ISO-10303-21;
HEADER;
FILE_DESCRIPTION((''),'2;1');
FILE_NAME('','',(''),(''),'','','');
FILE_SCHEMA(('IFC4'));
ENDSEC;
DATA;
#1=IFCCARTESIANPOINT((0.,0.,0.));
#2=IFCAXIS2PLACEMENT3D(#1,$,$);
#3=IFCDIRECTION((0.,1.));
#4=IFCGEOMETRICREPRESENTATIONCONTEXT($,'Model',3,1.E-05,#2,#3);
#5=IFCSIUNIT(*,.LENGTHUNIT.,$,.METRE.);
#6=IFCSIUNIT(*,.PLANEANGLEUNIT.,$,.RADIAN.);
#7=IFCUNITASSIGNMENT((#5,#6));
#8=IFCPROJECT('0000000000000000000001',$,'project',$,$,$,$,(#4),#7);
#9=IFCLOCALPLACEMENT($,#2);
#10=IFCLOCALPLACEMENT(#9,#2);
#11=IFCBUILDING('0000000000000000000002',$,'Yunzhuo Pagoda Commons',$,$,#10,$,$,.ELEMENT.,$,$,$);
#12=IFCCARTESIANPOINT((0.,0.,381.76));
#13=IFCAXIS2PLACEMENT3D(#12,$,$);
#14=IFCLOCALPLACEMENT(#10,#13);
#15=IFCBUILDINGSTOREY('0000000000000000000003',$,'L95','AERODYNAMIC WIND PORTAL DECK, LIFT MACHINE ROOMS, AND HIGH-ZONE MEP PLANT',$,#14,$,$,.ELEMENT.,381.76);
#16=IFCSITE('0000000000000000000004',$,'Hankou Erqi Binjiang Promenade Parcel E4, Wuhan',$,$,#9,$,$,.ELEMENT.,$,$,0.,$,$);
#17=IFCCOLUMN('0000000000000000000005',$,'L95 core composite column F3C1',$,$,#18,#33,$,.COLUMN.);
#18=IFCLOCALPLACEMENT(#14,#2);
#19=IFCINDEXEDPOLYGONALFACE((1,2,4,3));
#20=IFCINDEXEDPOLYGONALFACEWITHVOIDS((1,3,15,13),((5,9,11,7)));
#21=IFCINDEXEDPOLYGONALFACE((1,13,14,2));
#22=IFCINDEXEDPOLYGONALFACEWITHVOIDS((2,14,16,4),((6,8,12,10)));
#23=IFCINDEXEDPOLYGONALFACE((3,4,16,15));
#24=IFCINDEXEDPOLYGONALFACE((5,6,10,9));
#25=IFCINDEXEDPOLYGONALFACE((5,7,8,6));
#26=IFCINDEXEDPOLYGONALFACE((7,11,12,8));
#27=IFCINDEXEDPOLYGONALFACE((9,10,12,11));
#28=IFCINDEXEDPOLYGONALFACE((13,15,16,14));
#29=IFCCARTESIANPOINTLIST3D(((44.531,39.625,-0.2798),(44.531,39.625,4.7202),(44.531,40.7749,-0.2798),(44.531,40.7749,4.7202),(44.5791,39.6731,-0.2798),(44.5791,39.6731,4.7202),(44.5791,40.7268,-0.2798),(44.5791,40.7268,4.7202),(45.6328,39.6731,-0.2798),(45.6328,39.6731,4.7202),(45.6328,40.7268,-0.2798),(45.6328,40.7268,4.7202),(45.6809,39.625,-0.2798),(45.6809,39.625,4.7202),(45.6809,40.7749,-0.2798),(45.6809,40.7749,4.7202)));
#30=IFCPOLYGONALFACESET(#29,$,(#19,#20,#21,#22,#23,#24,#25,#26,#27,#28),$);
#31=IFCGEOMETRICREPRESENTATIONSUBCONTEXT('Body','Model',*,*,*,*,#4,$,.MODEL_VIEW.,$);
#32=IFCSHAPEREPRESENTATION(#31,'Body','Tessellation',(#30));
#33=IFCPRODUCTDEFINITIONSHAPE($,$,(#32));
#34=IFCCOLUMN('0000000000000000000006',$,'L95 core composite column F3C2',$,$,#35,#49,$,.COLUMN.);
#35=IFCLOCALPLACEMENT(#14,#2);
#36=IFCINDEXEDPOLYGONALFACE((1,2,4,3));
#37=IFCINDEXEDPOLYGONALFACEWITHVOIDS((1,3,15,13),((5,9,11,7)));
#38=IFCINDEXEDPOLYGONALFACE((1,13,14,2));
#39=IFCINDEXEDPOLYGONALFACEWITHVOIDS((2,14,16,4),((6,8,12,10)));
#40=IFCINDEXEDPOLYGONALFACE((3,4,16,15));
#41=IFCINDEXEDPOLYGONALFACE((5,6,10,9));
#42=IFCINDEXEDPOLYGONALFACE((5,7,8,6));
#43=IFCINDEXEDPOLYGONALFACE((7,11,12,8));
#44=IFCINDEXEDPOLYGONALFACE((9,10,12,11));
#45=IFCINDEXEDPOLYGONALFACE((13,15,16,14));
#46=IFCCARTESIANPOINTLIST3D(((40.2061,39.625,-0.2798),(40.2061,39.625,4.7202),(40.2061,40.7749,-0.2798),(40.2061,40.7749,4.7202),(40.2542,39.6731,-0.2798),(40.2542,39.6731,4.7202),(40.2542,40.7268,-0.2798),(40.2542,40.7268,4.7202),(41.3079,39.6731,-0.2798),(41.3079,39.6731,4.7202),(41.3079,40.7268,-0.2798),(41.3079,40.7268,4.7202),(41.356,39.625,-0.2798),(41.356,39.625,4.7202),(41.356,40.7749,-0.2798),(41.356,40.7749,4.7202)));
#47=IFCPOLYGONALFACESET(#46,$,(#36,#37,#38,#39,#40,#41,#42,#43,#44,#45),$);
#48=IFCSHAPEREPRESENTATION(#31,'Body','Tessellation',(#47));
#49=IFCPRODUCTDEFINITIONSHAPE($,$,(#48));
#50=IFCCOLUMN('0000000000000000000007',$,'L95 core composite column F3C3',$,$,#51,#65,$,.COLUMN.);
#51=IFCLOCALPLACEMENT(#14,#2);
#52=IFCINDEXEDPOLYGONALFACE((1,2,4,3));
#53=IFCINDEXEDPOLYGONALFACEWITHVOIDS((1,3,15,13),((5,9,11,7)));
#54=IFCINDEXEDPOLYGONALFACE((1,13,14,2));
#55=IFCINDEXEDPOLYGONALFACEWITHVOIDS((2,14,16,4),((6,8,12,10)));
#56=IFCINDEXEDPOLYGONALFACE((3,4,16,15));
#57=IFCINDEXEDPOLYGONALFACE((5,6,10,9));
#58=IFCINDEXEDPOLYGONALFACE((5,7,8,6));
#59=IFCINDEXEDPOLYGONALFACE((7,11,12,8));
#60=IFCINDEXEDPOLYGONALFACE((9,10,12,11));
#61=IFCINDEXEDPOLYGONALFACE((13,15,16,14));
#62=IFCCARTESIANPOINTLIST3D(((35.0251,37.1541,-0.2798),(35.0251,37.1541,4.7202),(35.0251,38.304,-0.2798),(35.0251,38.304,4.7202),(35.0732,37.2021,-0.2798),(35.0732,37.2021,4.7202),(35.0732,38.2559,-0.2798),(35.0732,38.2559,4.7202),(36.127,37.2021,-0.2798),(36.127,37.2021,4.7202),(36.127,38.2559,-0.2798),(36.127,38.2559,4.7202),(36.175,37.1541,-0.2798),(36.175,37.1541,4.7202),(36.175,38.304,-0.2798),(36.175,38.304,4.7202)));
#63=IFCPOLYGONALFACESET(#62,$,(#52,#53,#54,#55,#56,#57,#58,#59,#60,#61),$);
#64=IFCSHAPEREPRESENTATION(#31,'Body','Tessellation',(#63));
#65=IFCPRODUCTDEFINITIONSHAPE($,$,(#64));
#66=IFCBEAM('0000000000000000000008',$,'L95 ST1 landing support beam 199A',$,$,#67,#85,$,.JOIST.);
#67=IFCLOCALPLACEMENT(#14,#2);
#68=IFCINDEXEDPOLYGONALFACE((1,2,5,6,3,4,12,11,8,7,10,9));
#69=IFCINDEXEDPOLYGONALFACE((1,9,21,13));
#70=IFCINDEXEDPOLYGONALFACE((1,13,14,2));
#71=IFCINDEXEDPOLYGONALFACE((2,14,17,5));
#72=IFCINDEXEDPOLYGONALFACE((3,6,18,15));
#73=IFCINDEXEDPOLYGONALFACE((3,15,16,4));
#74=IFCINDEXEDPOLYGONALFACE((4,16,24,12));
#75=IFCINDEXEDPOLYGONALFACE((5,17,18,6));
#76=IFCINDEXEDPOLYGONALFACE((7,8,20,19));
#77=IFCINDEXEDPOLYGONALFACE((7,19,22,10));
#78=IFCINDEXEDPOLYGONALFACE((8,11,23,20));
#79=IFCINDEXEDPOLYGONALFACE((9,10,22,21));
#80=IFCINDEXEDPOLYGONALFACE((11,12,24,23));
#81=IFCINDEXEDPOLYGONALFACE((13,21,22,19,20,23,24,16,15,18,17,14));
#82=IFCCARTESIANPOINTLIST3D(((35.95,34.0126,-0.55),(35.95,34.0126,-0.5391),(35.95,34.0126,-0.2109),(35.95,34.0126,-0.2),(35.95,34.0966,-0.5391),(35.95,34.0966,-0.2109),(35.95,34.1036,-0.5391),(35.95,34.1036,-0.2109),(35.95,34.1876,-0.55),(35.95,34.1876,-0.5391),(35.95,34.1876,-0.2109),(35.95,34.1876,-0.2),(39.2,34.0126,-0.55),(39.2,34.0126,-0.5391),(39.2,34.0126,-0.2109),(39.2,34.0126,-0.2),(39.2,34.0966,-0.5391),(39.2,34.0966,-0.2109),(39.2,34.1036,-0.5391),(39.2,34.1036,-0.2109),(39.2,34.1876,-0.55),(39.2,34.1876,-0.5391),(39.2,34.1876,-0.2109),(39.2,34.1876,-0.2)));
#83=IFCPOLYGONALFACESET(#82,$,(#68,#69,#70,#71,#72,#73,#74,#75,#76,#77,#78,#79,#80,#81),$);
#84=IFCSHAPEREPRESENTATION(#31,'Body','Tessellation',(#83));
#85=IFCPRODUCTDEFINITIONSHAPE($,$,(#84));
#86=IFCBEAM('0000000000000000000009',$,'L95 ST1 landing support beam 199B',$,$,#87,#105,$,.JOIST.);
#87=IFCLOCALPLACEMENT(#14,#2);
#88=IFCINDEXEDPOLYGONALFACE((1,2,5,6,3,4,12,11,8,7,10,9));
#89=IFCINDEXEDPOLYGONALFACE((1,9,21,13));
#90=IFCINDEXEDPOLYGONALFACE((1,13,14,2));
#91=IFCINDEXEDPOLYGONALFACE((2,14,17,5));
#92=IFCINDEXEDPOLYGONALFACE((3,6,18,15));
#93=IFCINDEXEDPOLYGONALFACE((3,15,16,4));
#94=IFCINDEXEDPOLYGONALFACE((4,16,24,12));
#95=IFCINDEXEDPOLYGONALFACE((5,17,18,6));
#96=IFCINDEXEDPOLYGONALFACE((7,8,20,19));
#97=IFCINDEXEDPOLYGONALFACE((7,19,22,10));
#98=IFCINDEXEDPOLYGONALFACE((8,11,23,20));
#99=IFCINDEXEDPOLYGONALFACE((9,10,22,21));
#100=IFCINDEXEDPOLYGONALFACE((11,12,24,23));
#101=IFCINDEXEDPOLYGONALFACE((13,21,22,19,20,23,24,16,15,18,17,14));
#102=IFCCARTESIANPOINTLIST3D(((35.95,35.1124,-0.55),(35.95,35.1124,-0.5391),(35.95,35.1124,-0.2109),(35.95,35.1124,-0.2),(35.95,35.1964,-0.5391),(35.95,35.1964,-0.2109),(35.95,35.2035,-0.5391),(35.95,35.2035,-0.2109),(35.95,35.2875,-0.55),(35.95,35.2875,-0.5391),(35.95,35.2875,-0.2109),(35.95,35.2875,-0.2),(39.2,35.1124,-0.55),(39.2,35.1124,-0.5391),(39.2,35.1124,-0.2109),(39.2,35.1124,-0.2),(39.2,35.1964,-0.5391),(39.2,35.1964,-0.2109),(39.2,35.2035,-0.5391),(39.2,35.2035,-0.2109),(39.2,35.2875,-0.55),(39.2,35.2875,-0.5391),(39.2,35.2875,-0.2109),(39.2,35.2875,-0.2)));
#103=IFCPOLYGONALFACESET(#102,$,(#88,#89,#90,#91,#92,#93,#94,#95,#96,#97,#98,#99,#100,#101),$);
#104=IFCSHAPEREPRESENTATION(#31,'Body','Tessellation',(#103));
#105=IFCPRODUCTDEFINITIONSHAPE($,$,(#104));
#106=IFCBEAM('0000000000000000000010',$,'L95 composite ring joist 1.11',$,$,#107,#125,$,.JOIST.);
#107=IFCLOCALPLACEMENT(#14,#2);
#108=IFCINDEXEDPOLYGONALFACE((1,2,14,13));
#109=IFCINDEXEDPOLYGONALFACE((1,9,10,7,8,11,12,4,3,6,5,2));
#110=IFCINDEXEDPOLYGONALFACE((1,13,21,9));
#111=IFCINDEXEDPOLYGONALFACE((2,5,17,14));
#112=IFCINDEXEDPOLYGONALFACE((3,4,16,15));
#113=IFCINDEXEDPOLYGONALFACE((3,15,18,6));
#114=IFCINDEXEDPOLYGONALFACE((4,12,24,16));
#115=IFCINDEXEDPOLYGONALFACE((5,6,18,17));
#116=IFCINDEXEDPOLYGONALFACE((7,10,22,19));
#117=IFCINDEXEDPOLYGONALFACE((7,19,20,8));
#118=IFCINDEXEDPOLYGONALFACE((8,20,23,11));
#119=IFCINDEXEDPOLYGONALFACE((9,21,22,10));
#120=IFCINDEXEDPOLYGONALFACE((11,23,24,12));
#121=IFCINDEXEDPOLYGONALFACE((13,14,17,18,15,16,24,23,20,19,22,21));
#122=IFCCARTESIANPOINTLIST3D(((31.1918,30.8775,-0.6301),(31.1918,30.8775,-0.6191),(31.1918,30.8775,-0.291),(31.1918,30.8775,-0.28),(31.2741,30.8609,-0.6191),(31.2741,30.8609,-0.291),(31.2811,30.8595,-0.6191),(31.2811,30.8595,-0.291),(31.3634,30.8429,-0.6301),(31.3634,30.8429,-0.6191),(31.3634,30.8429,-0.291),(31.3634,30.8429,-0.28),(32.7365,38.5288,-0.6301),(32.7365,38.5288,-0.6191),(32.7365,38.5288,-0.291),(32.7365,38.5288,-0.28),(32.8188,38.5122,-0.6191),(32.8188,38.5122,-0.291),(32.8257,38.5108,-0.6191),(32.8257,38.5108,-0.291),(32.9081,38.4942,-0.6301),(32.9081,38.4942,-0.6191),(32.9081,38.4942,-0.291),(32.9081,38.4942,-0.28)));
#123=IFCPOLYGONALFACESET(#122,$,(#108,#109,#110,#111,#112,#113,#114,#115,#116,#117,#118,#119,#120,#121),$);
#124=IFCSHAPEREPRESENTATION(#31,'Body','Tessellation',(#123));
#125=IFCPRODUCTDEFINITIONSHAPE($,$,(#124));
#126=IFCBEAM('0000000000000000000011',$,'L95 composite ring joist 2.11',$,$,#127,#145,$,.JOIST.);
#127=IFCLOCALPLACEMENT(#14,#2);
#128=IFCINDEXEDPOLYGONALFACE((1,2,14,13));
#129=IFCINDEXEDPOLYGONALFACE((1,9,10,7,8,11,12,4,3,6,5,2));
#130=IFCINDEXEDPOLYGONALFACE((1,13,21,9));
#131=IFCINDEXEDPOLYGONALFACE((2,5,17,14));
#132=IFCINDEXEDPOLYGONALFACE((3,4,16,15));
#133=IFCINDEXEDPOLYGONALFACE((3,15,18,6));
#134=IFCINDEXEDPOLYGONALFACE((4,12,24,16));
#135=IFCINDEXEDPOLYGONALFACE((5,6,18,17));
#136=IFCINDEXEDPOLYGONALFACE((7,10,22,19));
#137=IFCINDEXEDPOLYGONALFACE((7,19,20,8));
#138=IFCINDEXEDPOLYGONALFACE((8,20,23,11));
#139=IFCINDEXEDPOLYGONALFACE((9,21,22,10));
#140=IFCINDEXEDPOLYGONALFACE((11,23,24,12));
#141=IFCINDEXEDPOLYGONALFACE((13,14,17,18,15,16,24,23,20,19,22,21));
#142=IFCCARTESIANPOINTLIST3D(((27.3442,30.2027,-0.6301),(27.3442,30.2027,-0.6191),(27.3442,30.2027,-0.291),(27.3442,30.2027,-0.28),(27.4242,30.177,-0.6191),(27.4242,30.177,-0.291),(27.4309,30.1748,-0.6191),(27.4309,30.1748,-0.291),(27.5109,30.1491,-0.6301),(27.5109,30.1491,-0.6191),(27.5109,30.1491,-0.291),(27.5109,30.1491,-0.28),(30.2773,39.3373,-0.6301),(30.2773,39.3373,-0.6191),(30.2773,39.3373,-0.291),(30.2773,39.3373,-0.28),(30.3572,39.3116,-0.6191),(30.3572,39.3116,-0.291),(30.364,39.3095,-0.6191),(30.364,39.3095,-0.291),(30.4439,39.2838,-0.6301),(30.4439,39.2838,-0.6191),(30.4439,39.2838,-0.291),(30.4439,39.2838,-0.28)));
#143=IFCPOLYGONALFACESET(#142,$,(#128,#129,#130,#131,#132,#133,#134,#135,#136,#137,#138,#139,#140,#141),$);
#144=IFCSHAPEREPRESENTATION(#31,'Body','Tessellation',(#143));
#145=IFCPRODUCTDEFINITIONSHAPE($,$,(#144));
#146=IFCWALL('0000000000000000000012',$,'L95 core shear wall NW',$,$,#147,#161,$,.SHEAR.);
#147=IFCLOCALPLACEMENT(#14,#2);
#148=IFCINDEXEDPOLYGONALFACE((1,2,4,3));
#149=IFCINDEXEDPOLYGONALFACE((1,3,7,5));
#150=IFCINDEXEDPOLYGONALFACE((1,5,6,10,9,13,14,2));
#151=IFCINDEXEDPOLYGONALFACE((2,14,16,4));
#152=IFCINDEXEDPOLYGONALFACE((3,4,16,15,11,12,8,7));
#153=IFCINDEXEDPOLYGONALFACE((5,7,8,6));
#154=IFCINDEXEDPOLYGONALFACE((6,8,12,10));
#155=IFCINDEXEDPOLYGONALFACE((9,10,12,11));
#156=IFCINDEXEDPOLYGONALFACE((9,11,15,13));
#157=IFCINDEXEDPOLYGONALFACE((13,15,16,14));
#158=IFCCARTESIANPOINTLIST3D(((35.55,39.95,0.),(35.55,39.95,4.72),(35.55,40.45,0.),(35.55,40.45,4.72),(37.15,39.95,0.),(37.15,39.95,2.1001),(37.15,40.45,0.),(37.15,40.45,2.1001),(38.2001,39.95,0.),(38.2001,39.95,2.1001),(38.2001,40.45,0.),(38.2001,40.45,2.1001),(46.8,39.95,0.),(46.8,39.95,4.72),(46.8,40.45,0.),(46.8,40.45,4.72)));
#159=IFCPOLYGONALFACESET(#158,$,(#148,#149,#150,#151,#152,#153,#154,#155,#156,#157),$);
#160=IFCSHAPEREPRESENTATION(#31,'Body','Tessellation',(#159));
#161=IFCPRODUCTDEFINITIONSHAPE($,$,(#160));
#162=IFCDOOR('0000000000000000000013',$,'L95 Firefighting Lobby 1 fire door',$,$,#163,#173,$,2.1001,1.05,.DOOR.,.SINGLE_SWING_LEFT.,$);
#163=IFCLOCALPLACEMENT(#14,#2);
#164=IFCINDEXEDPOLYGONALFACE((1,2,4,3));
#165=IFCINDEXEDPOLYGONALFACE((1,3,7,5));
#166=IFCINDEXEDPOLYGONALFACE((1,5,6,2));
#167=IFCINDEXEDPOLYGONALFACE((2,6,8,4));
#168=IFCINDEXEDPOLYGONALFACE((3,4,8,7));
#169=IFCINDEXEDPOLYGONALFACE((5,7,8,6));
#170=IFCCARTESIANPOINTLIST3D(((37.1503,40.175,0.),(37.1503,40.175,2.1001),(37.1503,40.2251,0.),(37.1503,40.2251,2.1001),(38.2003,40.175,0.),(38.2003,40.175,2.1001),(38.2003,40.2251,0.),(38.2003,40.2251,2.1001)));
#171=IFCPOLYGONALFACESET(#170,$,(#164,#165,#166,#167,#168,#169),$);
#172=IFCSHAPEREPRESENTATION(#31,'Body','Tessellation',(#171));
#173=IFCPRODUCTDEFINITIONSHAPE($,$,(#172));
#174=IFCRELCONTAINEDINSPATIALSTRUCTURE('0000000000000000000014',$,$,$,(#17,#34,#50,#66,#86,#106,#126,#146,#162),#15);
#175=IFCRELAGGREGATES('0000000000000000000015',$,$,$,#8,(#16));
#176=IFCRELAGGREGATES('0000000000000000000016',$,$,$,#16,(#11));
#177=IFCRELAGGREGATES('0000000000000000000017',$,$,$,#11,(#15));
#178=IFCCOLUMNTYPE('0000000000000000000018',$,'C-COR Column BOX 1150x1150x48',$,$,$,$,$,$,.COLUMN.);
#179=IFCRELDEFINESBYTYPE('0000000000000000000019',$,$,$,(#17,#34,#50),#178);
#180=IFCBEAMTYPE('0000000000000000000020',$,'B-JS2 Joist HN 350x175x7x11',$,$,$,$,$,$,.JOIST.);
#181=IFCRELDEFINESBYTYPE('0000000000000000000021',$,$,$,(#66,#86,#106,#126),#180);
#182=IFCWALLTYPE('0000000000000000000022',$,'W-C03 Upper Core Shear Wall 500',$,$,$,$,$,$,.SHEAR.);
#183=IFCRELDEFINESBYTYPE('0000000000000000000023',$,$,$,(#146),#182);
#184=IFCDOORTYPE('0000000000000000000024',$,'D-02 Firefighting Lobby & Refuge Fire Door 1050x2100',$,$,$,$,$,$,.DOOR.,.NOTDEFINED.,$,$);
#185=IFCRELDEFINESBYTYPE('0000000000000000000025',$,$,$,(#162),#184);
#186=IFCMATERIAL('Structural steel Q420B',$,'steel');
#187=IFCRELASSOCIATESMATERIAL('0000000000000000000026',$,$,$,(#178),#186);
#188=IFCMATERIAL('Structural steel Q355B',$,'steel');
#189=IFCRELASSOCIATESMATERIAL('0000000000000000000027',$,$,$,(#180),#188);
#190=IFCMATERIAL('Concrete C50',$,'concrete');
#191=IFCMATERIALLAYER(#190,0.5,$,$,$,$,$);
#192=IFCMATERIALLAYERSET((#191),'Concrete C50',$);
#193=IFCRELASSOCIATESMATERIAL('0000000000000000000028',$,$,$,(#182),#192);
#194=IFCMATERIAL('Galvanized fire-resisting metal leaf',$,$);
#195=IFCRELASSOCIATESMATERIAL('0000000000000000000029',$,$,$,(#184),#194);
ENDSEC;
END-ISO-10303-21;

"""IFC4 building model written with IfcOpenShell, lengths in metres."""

from ifc_helpers import new_model, si_unit, direction, frame, frame_2d, origin, origin_2d, place, context, subcontext, project, spatial, rectangle, hollow_rectangle, i_section, extrude, source, transform, mapped, material, layer, layer_set, material_profile, profile_set, type_object, element, fill, save


model = new_model("IFC4")

# Units and contexts
model_context = context("Model", 3, precision=1e-05, world=origin(), true_north=direction((0.0, 1.0)))
body_context = subcontext(model_context, "Body", "Model", "MODEL_VIEW")
ifc_project = project(units=[si_unit("LENGTHUNIT", "METRE"), si_unit("PLANEANGLEUNIT", "RADIAN")], contexts=[model_context])

# Site, building, storey
site_placement = place(None, origin())
site = spatial("IfcSite", under=ifc_project, at=site_placement, Name="Hankou Erqi Binjiang Promenade Parcel E4, Wuhan", CompositionType="ELEMENT", RefElevation=0.0)
building_placement = place(site_placement, origin())
building = spatial("IfcBuilding", under=site, at=building_placement, Name="Yunzhuo Pagoda Commons", CompositionType="ELEMENT")
storey_placement = place(building_placement, frame((0.0, 0.0, 381.76)))
storey = spatial("IfcBuildingStorey", under=building, at=storey_placement, Name="L95", Description="AERODYNAMIC WIND PORTAL DECK, LIFT MACHINE ROOMS, AND HIGH-ZONE MEP PLANT", CompositionType="ELEMENT", Elevation=381.76)

# Columns
ifc_material_1 = material(Name="Structural steel Q420B", Category="steel")
ifc_material_profile_1 = material_profile(ifc_material_1, hollow_rectangle(XDim=1.1499, YDim=1.1499, WallThickness=0.0481, at=origin_2d()), Name="Structural steel Q420B")
ifc_profile_set_1 = profile_set([ifc_material_profile_1], Name="Structural steel Q420B")
column_type = type_object("IfcColumnType", Name="C-COR Column BOX 1150x1150x48", PredefinedType="COLUMN", material=ifc_profile_set_1)
shared_shape_1 = source(origin(), body_context, "Body", "SweptSolid", [
    extrude(hollow_rectangle(XDim=1.1499, YDim=1.1499, WallThickness=0.0481, at=origin_2d()), origin(), (0.0, 0.0, 1.0), 5.0),
])
for number, where, z_axis, x_axis, name in (
    (1, (45.106, 40.2, -0.2798), (0.0, 0.0, 1.0), (1.0, 0.0, 0.0), "L95 core composite column F3C1"),
    (2, (40.781, 40.2, -0.2798), (0.0, 0.0, 1.0), (1.0, 0.0, 0.0), "L95 core composite column F3C2"),
    (3, (35.6001, 37.729, -0.2798), (0.0, 0.0, 1.0), (1.0, 0.0, 0.0), "L95 core composite column F3C3"),
):
    element("IfcColumn", number, at=place(storey_placement, frame(where, z_axis=z_axis, x_axis=x_axis)), inside=storey, type_object=column_type, Name=name, PredefinedType="COLUMN", context=body_context, shape_type="MappedRepresentation", body=[
        mapped(shared_shape_1, transform((0.0, 0.0, 0.0), scale=1.0)),
    ])

# Beams
ifc_material_2 = material(Name="Structural steel Q355B", Category="steel")
ifc_material_profile_2 = material_profile(ifc_material_2, i_section(OverallWidth=0.175, OverallDepth=0.3501, WebThickness=0.0071, FlangeThickness=0.011, at=origin_2d()), Name="Structural steel Q355B")
ifc_profile_set_2 = profile_set([ifc_material_profile_2], Name="Structural steel Q355B")
beam_type = type_object("IfcBeamType", Name="B-JS2 Joist HN 350x175x7x11", PredefinedType="JOIST", material=ifc_profile_set_2)
shared_shape_2 = source(origin(), body_context, "Body", "SweptSolid", [
    extrude(i_section(OverallWidth=0.175, OverallDepth=0.3501, WebThickness=0.0071, FlangeThickness=0.011, at=origin_2d()), origin(), (0.0, 0.0, 1.0), 3.25),
])
for number, where, z_axis, x_axis, name in (
    (4, (35.95, 34.1001, -0.375), (1.0, 0.0, 0.0), (0.0, 1.0, 0.0), "L95 ST1 landing support beam 199A"),
    (5, (35.95, 35.2, -0.375), (1.0, 0.0, 0.0), (0.0, 1.0, 0.0), "L95 ST1 landing support beam 199B"),
):
    element("IfcBeam", number, at=place(storey_placement, frame(where, z_axis=z_axis, x_axis=x_axis)), inside=storey, type_object=beam_type, Name=name, PredefinedType="JOIST", context=body_context, shape_type="MappedRepresentation", body=[
        mapped(shared_shape_2, transform((0.0, 0.0, 0.0), scale=1.0)),
    ])
shared_shape_3 = source(origin(), body_context, "Body", "SweptSolid", [
    extrude(i_section(OverallWidth=0.175, OverallDepth=0.3501, WebThickness=0.0071, FlangeThickness=0.011, at=origin_2d()), origin(), (0.0, 0.0, 1.0), 7.8057),
])
beam_1_placement = place(storey_placement, frame((32.8223, 38.5115, -0.4551), z_axis=(-0.19789, -0.980224, 0.0), x_axis=(0.980224, -0.19789, 0.0)))
element("IfcBeam", 6, at=beam_1_placement, inside=storey, type_object=beam_type, Name="L95 composite ring joist 1.11", PredefinedType="JOIST", context=body_context, shape_type="MappedRepresentation", body=[
    mapped(shared_shape_3, transform((0.0, 0.0, 0.0), scale=1.0)),
])
shared_shape_4 = source(origin(), body_context, "Body", "SweptSolid", [
    extrude(i_section(OverallWidth=0.175, OverallDepth=0.3501, WebThickness=0.0071, FlangeThickness=0.011, at=origin_2d()), origin(), (0.0, 0.0, 1.0), 9.594),
])
beam_2_placement = place(storey_placement, frame((30.3606, 39.3105, -0.4551), z_axis=(-0.305719, -0.952122, 0.0), x_axis=(0.952122, -0.305719, 0.0)))
element("IfcBeam", 7, at=beam_2_placement, inside=storey, type_object=beam_type, Name="L95 composite ring joist 2.11", PredefinedType="JOIST", context=body_context, shape_type="MappedRepresentation", body=[
    mapped(shared_shape_4, transform((0.0, 0.0, 0.0), scale=1.0)),
])

# Wall, opening, door
ifc_material_3 = material(Name="Concrete C50", Category="concrete")
ifc_layer_1 = layer(ifc_material_3, 0.5)
ifc_layer_set_1 = layer_set([ifc_layer_1], Name="Concrete C50")
wall_type_1 = type_object("IfcWallType", Name="W-C03 Upper Core Shear Wall 500", PredefinedType="SHEAR", material=ifc_layer_set_1)
wall_1_placement = place(storey_placement, frame((35.55, 40.2, 0.0), z_axis=(0.0, 0.0, 1.0), x_axis=(1.0, 0.0, 0.0)))
wall_1 = element("IfcWall", 8, at=wall_1_placement, inside=storey, type_object=wall_type_1, Name="L95 core shear wall NW", PredefinedType="SHEAR", context=body_context, shape_type="SweptSolid", body=[
    extrude(rectangle(XDim=11.25, YDim=0.5, at=frame_2d((5.625, 0.0))), origin(), (0.0, 0.0, 1.0), 4.72),
])
opening_1_placement = place(wall_1_placement, frame((1.6001, 0.0, 0.0)))
opening_1 = element("IfcOpeningElement", 9, at=opening_1_placement, cuts=wall_1, PredefinedType="OPENING", context=body_context, shape_type="SweptSolid", body=[
    extrude(rectangle(XDim=1.05, YDim=2.1001, at=frame_2d((0.5249, 1.05))), frame((0.0, 0.26, 0.0), z_axis=(0.0, -1.0, 0.0), x_axis=(1.0, 0.0, 0.0)), (0.0, 0.0, 1.0), 0.52),
])
ifc_material_4 = material(Name="Galvanized fire-resisting metal leaf")
door_type_1 = type_object("IfcDoorType", Name="D-02 Firefighting Lobby & Refuge Fire Door 1050x2100", OperationType="NOTDEFINED", PredefinedType="DOOR", material=ifc_material_4)
shared_shape_5 = source(origin(), body_context, "Body", "SweptSolid", [
    extrude(rectangle(XDim=1.05, YDim=2.1001, at=frame_2d((0.5249, 1.05))), frame((0.0, 0.0249, 0.0), z_axis=(0.0, -1.0, 0.0), x_axis=(1.0, 0.0, 0.0)), (0.0, 0.0, 1.0), 0.05),
])
door_1_placement = place(opening_1_placement, frame((1.05, 0.0, 0.0), z_axis=(0.0, 0.0, 1.0), x_axis=(-1.0, 0.0, 0.0)))
door_1 = element("IfcDoor", 10, at=door_1_placement, inside=storey, type_object=door_type_1, Name="L95 Firefighting Lobby 1 fire door", OperationType="SINGLE_SWING_LEFT", OverallHeight=2.1001, OverallWidth=1.05, PredefinedType="DOOR", context=body_context, shape_type="MappedRepresentation", body=[
    mapped(shared_shape_5, transform((0.0, 0.0, 0.0), scale=1.0)),
])
fill(opening_1, door_1)

save(model, "model.ifc")
